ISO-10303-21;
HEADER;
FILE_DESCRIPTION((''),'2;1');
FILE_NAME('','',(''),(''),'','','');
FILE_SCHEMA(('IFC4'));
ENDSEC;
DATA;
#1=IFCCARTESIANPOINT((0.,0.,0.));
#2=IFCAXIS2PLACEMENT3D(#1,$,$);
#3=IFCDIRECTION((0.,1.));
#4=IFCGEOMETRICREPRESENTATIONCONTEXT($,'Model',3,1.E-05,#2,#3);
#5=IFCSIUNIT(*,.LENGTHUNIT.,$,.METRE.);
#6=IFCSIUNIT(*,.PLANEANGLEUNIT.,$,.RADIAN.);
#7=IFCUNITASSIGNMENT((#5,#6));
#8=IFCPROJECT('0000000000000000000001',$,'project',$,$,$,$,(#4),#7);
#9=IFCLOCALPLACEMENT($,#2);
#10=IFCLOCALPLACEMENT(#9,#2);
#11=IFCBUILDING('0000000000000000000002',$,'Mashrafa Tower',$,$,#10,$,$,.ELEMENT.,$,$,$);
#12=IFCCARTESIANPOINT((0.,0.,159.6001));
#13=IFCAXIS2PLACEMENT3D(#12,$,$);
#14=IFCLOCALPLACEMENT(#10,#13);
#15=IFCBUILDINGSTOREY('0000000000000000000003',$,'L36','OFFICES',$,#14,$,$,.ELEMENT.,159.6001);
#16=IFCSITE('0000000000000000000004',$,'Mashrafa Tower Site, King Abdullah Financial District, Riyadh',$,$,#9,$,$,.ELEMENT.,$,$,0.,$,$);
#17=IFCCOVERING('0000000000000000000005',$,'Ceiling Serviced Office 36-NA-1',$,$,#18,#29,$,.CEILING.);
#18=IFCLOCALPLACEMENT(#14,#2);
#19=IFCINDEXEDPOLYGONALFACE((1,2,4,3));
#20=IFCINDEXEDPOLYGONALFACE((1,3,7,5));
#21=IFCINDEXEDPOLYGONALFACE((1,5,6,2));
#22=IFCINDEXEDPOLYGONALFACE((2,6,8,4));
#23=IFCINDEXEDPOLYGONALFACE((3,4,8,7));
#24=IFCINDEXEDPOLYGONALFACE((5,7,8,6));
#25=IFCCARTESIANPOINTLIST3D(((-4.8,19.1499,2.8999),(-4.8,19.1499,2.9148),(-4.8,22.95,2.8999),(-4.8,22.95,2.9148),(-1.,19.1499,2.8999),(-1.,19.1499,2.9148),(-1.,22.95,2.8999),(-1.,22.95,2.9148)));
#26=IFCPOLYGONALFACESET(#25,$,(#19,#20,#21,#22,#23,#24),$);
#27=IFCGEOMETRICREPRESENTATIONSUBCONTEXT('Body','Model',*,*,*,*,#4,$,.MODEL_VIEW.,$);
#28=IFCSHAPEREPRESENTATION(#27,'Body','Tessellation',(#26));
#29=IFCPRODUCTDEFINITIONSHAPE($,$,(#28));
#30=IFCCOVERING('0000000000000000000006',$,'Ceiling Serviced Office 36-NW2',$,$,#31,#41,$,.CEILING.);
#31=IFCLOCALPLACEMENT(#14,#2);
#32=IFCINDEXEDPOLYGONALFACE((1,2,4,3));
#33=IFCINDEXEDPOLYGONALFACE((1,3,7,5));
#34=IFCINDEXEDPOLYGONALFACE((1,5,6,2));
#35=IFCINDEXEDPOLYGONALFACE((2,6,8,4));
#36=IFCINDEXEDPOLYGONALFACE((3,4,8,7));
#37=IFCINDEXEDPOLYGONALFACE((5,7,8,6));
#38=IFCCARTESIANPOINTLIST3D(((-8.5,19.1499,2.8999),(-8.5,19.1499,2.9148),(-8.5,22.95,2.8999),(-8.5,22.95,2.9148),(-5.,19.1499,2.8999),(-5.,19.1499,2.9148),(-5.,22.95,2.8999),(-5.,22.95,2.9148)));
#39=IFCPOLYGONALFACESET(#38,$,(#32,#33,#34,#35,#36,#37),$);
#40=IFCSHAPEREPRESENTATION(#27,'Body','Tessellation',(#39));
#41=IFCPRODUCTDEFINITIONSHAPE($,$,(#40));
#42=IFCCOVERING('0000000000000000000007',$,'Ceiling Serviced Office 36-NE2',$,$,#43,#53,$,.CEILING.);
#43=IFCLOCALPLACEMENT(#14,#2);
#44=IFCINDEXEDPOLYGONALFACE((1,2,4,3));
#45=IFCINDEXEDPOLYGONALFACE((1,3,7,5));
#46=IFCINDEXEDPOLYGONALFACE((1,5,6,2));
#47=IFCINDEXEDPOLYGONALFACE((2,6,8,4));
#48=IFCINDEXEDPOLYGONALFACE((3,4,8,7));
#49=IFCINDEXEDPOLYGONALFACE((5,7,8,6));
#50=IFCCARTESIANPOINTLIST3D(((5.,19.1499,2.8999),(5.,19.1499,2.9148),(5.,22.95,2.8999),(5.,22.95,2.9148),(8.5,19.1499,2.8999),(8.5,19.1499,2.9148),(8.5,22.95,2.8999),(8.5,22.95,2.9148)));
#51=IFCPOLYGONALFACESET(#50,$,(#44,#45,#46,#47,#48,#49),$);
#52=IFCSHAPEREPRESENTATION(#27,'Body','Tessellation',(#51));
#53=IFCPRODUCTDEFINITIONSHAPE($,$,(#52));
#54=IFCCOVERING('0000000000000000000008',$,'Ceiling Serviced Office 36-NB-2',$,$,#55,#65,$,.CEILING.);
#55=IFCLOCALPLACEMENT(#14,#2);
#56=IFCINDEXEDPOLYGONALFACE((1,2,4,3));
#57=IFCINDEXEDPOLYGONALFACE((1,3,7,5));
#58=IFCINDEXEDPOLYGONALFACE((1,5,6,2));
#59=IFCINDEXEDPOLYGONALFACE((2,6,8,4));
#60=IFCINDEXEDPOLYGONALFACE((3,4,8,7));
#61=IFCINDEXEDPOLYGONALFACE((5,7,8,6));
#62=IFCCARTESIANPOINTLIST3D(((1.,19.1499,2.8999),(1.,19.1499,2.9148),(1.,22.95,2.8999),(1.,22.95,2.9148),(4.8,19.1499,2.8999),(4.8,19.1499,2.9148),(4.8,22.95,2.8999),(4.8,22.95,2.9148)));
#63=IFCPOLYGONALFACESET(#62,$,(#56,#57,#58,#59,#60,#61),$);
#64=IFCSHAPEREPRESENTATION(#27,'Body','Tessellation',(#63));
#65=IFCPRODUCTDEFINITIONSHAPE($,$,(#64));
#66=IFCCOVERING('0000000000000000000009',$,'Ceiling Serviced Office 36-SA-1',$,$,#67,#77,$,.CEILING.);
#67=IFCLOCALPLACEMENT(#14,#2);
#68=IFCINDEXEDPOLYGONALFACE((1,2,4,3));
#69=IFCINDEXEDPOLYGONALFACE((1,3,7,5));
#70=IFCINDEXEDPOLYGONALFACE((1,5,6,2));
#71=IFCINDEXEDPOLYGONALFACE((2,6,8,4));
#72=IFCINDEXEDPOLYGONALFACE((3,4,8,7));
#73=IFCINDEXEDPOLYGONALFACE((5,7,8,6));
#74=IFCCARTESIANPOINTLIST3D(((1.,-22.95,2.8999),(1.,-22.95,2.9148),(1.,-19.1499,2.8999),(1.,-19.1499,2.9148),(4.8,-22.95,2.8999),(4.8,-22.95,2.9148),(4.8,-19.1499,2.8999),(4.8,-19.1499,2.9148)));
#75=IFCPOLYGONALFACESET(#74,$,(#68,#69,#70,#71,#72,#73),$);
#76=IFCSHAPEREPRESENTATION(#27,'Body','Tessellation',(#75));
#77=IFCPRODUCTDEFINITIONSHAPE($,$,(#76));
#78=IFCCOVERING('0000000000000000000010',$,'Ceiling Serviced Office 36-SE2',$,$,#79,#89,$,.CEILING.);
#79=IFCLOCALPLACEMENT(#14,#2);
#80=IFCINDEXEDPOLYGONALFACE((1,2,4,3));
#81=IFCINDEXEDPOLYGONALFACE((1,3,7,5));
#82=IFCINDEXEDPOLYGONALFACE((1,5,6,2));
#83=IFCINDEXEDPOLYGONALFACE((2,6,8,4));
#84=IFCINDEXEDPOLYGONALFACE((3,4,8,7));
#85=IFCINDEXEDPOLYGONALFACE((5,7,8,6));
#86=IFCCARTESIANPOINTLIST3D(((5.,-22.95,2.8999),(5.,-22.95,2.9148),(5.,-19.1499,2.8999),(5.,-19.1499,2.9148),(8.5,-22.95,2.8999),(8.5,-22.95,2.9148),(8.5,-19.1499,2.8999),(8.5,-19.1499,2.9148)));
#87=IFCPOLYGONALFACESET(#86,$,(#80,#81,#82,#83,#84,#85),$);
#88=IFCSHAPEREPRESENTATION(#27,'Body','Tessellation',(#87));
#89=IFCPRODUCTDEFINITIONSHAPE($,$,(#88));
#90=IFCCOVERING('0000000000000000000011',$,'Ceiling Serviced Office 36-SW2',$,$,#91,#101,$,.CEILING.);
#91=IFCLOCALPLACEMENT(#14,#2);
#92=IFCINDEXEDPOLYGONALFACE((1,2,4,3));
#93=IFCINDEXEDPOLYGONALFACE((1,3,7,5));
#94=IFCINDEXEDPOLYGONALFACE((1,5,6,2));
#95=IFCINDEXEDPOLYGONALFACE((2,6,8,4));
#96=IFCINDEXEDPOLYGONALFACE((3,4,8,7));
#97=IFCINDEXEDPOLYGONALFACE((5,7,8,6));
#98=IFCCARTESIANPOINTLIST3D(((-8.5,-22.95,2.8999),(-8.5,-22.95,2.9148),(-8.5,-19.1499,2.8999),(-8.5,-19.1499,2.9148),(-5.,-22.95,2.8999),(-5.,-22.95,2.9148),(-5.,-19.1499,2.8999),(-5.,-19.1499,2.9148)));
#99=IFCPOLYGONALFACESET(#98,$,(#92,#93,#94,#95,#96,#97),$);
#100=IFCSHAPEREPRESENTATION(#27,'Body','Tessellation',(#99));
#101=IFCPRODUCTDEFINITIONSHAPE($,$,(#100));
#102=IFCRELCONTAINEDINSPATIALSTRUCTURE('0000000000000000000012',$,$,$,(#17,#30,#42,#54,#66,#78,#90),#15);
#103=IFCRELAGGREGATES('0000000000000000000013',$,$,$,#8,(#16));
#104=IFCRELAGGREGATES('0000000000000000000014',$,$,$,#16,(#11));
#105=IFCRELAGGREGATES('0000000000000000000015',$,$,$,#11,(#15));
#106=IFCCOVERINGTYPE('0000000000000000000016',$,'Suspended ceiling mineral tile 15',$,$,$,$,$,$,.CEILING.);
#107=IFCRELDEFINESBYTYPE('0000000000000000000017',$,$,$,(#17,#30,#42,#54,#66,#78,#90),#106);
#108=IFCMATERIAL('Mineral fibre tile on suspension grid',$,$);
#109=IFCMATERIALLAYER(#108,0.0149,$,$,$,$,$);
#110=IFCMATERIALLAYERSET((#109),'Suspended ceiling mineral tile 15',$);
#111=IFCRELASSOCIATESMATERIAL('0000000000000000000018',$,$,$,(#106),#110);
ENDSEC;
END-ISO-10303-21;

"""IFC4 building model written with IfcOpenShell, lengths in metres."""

from ifc_helpers import new_model, si_unit, direction, frame, origin, place, context, subcontext, project, spatial, polyline, outline, extrude, material, layer, layer_set, type_object, element, save


model = new_model("IFC4")

# Units and contexts
model_context = context("Model", 3, precision=1e-05, world=origin(), true_north=direction((0.0, 1.0)))
body_context = subcontext(model_context, "Body", "Model", "MODEL_VIEW")
ifc_project = project(units=[si_unit("LENGTHUNIT", "METRE"), si_unit("PLANEANGLEUNIT", "RADIAN")], contexts=[model_context])

# Site, building, storey
site_placement = place(None, origin())
site = spatial("IfcSite", under=ifc_project, at=site_placement, Name="Mashrafa Tower Site, King Abdullah Financial District, Riyadh", CompositionType="ELEMENT", RefElevation=0.0)
building_placement = place(site_placement, origin())
building = spatial("IfcBuilding", under=site, at=building_placement, Name="Mashrafa Tower", CompositionType="ELEMENT")
storey_placement = place(building_placement, frame((0.0, 0.0, 159.6001)))
storey = spatial("IfcBuildingStorey", under=building, at=storey_placement, Name="L36", Description="OFFICES", CompositionType="ELEMENT", Elevation=159.6001)

# Coverings
ifc_material_1 = material(Name="Mineral fibre tile on suspension grid")
ifc_layer_1 = layer(ifc_material_1, 0.0149)
ifc_layer_set_1 = layer_set([ifc_layer_1], Name="Suspended ceiling mineral tile 15")
covering_type = type_object("IfcCoveringType", Name="Suspended ceiling mineral tile 15", PredefinedType="CEILING", material=ifc_layer_set_1)
covering_1_placement = place(storey_placement, frame((0.0, 0.0, 2.8999)))
element("IfcCovering", 1, at=covering_1_placement, inside=storey, type_object=covering_type, Name="Ceiling Serviced Office 36-NA-1", PredefinedType="CEILING", context=body_context, shape_type="SweptSolid", body=[
    extrude(outline(polyline([(-4.8, 22.95), (-1.0, 22.95), (-1.0, 19.1499), (-4.8, 19.1499), (-4.8, 22.95)])), origin(), (0.0, 0.0, 1.0), 0.0149),
])
covering_2_placement = place(storey_placement, frame((0.0, 0.0, 2.8999)))
element("IfcCovering", 2, at=covering_2_placement, inside=storey, type_object=covering_type, Name="Ceiling Serviced Office 36-NW2", PredefinedType="CEILING", context=body_context, shape_type="SweptSolid", body=[
    extrude(outline(polyline([(-8.5, 22.95), (-5.0, 22.95), (-5.0, 19.1499), (-8.5, 19.1499), (-8.5, 22.95)])), origin(), (0.0, 0.0, 1.0), 0.0149),
])
covering_3_placement = place(storey_placement, frame((0.0, 0.0, 2.8999)))
element("IfcCovering", 3, at=covering_3_placement, inside=storey, type_object=covering_type, Name="Ceiling Serviced Office 36-NE2", PredefinedType="CEILING", context=body_context, shape_type="SweptSolid", body=[
    extrude(outline(polyline([(5.0, 22.95), (8.5, 22.95), (8.5, 19.1499), (5.0, 19.1499), (5.0, 22.95)])), origin(), (0.0, 0.0, 1.0), 0.0149),
])
covering_4_placement = place(storey_placement, frame((0.0, 0.0, 2.8999)))
element("IfcCovering", 4, at=covering_4_placement, inside=storey, type_object=covering_type, Name="Ceiling Serviced Office 36-NB-2", PredefinedType="CEILING", context=body_context, shape_type="SweptSolid", body=[
    extrude(outline(polyline([(1.0, 22.95), (4.8, 22.95), (4.8, 19.1499), (1.0, 19.1499), (1.0, 22.95)])), origin(), (0.0, 0.0, 1.0), 0.0149),
])
covering_5_placement = place(storey_placement, frame((0.0, 0.0, 2.8999)))
element("IfcCovering", 5, at=covering_5_placement, inside=storey, type_object=covering_type, Name="Ceiling Serviced Office 36-SA-1", PredefinedType="CEILING", context=body_context, shape_type="SweptSolid", body=[
    extrude(outline(polyline([(1.0, -19.1499), (4.8, -19.1499), (4.8, -22.95), (1.0, -22.95), (1.0, -19.1499)])), origin(), (0.0, 0.0, 1.0), 0.0149),
])
covering_6_placement = place(storey_placement, frame((0.0, 0.0, 2.8999)))
element("IfcCovering", 6, at=covering_6_placement, inside=storey, type_object=covering_type, Name="Ceiling Serviced Office 36-SE2", PredefinedType="CEILING", context=body_context, shape_type="SweptSolid", body=[
    extrude(outline(polyline([(5.0, -19.1499), (8.5, -19.1499), (8.5, -22.95), (5.0, -22.95), (5.0, -19.1499)])), origin(), (0.0, 0.0, 1.0), 0.0149),
])
covering_7_placement = place(storey_placement, frame((0.0, 0.0, 2.8999)))
element("IfcCovering", 7, at=covering_7_placement, inside=storey, type_object=covering_type, Name="Ceiling Serviced Office 36-SW2", PredefinedType="CEILING", context=body_context, shape_type="SweptSolid", body=[
    extrude(outline(polyline([(-8.5, -19.1499), (-5.0, -19.1499), (-5.0, -22.95), (-8.5, -22.95), (-8.5, -19.1499)])), origin(), (0.0, 0.0, 1.0), 0.0149),
])

save(model, "model.ifc")
